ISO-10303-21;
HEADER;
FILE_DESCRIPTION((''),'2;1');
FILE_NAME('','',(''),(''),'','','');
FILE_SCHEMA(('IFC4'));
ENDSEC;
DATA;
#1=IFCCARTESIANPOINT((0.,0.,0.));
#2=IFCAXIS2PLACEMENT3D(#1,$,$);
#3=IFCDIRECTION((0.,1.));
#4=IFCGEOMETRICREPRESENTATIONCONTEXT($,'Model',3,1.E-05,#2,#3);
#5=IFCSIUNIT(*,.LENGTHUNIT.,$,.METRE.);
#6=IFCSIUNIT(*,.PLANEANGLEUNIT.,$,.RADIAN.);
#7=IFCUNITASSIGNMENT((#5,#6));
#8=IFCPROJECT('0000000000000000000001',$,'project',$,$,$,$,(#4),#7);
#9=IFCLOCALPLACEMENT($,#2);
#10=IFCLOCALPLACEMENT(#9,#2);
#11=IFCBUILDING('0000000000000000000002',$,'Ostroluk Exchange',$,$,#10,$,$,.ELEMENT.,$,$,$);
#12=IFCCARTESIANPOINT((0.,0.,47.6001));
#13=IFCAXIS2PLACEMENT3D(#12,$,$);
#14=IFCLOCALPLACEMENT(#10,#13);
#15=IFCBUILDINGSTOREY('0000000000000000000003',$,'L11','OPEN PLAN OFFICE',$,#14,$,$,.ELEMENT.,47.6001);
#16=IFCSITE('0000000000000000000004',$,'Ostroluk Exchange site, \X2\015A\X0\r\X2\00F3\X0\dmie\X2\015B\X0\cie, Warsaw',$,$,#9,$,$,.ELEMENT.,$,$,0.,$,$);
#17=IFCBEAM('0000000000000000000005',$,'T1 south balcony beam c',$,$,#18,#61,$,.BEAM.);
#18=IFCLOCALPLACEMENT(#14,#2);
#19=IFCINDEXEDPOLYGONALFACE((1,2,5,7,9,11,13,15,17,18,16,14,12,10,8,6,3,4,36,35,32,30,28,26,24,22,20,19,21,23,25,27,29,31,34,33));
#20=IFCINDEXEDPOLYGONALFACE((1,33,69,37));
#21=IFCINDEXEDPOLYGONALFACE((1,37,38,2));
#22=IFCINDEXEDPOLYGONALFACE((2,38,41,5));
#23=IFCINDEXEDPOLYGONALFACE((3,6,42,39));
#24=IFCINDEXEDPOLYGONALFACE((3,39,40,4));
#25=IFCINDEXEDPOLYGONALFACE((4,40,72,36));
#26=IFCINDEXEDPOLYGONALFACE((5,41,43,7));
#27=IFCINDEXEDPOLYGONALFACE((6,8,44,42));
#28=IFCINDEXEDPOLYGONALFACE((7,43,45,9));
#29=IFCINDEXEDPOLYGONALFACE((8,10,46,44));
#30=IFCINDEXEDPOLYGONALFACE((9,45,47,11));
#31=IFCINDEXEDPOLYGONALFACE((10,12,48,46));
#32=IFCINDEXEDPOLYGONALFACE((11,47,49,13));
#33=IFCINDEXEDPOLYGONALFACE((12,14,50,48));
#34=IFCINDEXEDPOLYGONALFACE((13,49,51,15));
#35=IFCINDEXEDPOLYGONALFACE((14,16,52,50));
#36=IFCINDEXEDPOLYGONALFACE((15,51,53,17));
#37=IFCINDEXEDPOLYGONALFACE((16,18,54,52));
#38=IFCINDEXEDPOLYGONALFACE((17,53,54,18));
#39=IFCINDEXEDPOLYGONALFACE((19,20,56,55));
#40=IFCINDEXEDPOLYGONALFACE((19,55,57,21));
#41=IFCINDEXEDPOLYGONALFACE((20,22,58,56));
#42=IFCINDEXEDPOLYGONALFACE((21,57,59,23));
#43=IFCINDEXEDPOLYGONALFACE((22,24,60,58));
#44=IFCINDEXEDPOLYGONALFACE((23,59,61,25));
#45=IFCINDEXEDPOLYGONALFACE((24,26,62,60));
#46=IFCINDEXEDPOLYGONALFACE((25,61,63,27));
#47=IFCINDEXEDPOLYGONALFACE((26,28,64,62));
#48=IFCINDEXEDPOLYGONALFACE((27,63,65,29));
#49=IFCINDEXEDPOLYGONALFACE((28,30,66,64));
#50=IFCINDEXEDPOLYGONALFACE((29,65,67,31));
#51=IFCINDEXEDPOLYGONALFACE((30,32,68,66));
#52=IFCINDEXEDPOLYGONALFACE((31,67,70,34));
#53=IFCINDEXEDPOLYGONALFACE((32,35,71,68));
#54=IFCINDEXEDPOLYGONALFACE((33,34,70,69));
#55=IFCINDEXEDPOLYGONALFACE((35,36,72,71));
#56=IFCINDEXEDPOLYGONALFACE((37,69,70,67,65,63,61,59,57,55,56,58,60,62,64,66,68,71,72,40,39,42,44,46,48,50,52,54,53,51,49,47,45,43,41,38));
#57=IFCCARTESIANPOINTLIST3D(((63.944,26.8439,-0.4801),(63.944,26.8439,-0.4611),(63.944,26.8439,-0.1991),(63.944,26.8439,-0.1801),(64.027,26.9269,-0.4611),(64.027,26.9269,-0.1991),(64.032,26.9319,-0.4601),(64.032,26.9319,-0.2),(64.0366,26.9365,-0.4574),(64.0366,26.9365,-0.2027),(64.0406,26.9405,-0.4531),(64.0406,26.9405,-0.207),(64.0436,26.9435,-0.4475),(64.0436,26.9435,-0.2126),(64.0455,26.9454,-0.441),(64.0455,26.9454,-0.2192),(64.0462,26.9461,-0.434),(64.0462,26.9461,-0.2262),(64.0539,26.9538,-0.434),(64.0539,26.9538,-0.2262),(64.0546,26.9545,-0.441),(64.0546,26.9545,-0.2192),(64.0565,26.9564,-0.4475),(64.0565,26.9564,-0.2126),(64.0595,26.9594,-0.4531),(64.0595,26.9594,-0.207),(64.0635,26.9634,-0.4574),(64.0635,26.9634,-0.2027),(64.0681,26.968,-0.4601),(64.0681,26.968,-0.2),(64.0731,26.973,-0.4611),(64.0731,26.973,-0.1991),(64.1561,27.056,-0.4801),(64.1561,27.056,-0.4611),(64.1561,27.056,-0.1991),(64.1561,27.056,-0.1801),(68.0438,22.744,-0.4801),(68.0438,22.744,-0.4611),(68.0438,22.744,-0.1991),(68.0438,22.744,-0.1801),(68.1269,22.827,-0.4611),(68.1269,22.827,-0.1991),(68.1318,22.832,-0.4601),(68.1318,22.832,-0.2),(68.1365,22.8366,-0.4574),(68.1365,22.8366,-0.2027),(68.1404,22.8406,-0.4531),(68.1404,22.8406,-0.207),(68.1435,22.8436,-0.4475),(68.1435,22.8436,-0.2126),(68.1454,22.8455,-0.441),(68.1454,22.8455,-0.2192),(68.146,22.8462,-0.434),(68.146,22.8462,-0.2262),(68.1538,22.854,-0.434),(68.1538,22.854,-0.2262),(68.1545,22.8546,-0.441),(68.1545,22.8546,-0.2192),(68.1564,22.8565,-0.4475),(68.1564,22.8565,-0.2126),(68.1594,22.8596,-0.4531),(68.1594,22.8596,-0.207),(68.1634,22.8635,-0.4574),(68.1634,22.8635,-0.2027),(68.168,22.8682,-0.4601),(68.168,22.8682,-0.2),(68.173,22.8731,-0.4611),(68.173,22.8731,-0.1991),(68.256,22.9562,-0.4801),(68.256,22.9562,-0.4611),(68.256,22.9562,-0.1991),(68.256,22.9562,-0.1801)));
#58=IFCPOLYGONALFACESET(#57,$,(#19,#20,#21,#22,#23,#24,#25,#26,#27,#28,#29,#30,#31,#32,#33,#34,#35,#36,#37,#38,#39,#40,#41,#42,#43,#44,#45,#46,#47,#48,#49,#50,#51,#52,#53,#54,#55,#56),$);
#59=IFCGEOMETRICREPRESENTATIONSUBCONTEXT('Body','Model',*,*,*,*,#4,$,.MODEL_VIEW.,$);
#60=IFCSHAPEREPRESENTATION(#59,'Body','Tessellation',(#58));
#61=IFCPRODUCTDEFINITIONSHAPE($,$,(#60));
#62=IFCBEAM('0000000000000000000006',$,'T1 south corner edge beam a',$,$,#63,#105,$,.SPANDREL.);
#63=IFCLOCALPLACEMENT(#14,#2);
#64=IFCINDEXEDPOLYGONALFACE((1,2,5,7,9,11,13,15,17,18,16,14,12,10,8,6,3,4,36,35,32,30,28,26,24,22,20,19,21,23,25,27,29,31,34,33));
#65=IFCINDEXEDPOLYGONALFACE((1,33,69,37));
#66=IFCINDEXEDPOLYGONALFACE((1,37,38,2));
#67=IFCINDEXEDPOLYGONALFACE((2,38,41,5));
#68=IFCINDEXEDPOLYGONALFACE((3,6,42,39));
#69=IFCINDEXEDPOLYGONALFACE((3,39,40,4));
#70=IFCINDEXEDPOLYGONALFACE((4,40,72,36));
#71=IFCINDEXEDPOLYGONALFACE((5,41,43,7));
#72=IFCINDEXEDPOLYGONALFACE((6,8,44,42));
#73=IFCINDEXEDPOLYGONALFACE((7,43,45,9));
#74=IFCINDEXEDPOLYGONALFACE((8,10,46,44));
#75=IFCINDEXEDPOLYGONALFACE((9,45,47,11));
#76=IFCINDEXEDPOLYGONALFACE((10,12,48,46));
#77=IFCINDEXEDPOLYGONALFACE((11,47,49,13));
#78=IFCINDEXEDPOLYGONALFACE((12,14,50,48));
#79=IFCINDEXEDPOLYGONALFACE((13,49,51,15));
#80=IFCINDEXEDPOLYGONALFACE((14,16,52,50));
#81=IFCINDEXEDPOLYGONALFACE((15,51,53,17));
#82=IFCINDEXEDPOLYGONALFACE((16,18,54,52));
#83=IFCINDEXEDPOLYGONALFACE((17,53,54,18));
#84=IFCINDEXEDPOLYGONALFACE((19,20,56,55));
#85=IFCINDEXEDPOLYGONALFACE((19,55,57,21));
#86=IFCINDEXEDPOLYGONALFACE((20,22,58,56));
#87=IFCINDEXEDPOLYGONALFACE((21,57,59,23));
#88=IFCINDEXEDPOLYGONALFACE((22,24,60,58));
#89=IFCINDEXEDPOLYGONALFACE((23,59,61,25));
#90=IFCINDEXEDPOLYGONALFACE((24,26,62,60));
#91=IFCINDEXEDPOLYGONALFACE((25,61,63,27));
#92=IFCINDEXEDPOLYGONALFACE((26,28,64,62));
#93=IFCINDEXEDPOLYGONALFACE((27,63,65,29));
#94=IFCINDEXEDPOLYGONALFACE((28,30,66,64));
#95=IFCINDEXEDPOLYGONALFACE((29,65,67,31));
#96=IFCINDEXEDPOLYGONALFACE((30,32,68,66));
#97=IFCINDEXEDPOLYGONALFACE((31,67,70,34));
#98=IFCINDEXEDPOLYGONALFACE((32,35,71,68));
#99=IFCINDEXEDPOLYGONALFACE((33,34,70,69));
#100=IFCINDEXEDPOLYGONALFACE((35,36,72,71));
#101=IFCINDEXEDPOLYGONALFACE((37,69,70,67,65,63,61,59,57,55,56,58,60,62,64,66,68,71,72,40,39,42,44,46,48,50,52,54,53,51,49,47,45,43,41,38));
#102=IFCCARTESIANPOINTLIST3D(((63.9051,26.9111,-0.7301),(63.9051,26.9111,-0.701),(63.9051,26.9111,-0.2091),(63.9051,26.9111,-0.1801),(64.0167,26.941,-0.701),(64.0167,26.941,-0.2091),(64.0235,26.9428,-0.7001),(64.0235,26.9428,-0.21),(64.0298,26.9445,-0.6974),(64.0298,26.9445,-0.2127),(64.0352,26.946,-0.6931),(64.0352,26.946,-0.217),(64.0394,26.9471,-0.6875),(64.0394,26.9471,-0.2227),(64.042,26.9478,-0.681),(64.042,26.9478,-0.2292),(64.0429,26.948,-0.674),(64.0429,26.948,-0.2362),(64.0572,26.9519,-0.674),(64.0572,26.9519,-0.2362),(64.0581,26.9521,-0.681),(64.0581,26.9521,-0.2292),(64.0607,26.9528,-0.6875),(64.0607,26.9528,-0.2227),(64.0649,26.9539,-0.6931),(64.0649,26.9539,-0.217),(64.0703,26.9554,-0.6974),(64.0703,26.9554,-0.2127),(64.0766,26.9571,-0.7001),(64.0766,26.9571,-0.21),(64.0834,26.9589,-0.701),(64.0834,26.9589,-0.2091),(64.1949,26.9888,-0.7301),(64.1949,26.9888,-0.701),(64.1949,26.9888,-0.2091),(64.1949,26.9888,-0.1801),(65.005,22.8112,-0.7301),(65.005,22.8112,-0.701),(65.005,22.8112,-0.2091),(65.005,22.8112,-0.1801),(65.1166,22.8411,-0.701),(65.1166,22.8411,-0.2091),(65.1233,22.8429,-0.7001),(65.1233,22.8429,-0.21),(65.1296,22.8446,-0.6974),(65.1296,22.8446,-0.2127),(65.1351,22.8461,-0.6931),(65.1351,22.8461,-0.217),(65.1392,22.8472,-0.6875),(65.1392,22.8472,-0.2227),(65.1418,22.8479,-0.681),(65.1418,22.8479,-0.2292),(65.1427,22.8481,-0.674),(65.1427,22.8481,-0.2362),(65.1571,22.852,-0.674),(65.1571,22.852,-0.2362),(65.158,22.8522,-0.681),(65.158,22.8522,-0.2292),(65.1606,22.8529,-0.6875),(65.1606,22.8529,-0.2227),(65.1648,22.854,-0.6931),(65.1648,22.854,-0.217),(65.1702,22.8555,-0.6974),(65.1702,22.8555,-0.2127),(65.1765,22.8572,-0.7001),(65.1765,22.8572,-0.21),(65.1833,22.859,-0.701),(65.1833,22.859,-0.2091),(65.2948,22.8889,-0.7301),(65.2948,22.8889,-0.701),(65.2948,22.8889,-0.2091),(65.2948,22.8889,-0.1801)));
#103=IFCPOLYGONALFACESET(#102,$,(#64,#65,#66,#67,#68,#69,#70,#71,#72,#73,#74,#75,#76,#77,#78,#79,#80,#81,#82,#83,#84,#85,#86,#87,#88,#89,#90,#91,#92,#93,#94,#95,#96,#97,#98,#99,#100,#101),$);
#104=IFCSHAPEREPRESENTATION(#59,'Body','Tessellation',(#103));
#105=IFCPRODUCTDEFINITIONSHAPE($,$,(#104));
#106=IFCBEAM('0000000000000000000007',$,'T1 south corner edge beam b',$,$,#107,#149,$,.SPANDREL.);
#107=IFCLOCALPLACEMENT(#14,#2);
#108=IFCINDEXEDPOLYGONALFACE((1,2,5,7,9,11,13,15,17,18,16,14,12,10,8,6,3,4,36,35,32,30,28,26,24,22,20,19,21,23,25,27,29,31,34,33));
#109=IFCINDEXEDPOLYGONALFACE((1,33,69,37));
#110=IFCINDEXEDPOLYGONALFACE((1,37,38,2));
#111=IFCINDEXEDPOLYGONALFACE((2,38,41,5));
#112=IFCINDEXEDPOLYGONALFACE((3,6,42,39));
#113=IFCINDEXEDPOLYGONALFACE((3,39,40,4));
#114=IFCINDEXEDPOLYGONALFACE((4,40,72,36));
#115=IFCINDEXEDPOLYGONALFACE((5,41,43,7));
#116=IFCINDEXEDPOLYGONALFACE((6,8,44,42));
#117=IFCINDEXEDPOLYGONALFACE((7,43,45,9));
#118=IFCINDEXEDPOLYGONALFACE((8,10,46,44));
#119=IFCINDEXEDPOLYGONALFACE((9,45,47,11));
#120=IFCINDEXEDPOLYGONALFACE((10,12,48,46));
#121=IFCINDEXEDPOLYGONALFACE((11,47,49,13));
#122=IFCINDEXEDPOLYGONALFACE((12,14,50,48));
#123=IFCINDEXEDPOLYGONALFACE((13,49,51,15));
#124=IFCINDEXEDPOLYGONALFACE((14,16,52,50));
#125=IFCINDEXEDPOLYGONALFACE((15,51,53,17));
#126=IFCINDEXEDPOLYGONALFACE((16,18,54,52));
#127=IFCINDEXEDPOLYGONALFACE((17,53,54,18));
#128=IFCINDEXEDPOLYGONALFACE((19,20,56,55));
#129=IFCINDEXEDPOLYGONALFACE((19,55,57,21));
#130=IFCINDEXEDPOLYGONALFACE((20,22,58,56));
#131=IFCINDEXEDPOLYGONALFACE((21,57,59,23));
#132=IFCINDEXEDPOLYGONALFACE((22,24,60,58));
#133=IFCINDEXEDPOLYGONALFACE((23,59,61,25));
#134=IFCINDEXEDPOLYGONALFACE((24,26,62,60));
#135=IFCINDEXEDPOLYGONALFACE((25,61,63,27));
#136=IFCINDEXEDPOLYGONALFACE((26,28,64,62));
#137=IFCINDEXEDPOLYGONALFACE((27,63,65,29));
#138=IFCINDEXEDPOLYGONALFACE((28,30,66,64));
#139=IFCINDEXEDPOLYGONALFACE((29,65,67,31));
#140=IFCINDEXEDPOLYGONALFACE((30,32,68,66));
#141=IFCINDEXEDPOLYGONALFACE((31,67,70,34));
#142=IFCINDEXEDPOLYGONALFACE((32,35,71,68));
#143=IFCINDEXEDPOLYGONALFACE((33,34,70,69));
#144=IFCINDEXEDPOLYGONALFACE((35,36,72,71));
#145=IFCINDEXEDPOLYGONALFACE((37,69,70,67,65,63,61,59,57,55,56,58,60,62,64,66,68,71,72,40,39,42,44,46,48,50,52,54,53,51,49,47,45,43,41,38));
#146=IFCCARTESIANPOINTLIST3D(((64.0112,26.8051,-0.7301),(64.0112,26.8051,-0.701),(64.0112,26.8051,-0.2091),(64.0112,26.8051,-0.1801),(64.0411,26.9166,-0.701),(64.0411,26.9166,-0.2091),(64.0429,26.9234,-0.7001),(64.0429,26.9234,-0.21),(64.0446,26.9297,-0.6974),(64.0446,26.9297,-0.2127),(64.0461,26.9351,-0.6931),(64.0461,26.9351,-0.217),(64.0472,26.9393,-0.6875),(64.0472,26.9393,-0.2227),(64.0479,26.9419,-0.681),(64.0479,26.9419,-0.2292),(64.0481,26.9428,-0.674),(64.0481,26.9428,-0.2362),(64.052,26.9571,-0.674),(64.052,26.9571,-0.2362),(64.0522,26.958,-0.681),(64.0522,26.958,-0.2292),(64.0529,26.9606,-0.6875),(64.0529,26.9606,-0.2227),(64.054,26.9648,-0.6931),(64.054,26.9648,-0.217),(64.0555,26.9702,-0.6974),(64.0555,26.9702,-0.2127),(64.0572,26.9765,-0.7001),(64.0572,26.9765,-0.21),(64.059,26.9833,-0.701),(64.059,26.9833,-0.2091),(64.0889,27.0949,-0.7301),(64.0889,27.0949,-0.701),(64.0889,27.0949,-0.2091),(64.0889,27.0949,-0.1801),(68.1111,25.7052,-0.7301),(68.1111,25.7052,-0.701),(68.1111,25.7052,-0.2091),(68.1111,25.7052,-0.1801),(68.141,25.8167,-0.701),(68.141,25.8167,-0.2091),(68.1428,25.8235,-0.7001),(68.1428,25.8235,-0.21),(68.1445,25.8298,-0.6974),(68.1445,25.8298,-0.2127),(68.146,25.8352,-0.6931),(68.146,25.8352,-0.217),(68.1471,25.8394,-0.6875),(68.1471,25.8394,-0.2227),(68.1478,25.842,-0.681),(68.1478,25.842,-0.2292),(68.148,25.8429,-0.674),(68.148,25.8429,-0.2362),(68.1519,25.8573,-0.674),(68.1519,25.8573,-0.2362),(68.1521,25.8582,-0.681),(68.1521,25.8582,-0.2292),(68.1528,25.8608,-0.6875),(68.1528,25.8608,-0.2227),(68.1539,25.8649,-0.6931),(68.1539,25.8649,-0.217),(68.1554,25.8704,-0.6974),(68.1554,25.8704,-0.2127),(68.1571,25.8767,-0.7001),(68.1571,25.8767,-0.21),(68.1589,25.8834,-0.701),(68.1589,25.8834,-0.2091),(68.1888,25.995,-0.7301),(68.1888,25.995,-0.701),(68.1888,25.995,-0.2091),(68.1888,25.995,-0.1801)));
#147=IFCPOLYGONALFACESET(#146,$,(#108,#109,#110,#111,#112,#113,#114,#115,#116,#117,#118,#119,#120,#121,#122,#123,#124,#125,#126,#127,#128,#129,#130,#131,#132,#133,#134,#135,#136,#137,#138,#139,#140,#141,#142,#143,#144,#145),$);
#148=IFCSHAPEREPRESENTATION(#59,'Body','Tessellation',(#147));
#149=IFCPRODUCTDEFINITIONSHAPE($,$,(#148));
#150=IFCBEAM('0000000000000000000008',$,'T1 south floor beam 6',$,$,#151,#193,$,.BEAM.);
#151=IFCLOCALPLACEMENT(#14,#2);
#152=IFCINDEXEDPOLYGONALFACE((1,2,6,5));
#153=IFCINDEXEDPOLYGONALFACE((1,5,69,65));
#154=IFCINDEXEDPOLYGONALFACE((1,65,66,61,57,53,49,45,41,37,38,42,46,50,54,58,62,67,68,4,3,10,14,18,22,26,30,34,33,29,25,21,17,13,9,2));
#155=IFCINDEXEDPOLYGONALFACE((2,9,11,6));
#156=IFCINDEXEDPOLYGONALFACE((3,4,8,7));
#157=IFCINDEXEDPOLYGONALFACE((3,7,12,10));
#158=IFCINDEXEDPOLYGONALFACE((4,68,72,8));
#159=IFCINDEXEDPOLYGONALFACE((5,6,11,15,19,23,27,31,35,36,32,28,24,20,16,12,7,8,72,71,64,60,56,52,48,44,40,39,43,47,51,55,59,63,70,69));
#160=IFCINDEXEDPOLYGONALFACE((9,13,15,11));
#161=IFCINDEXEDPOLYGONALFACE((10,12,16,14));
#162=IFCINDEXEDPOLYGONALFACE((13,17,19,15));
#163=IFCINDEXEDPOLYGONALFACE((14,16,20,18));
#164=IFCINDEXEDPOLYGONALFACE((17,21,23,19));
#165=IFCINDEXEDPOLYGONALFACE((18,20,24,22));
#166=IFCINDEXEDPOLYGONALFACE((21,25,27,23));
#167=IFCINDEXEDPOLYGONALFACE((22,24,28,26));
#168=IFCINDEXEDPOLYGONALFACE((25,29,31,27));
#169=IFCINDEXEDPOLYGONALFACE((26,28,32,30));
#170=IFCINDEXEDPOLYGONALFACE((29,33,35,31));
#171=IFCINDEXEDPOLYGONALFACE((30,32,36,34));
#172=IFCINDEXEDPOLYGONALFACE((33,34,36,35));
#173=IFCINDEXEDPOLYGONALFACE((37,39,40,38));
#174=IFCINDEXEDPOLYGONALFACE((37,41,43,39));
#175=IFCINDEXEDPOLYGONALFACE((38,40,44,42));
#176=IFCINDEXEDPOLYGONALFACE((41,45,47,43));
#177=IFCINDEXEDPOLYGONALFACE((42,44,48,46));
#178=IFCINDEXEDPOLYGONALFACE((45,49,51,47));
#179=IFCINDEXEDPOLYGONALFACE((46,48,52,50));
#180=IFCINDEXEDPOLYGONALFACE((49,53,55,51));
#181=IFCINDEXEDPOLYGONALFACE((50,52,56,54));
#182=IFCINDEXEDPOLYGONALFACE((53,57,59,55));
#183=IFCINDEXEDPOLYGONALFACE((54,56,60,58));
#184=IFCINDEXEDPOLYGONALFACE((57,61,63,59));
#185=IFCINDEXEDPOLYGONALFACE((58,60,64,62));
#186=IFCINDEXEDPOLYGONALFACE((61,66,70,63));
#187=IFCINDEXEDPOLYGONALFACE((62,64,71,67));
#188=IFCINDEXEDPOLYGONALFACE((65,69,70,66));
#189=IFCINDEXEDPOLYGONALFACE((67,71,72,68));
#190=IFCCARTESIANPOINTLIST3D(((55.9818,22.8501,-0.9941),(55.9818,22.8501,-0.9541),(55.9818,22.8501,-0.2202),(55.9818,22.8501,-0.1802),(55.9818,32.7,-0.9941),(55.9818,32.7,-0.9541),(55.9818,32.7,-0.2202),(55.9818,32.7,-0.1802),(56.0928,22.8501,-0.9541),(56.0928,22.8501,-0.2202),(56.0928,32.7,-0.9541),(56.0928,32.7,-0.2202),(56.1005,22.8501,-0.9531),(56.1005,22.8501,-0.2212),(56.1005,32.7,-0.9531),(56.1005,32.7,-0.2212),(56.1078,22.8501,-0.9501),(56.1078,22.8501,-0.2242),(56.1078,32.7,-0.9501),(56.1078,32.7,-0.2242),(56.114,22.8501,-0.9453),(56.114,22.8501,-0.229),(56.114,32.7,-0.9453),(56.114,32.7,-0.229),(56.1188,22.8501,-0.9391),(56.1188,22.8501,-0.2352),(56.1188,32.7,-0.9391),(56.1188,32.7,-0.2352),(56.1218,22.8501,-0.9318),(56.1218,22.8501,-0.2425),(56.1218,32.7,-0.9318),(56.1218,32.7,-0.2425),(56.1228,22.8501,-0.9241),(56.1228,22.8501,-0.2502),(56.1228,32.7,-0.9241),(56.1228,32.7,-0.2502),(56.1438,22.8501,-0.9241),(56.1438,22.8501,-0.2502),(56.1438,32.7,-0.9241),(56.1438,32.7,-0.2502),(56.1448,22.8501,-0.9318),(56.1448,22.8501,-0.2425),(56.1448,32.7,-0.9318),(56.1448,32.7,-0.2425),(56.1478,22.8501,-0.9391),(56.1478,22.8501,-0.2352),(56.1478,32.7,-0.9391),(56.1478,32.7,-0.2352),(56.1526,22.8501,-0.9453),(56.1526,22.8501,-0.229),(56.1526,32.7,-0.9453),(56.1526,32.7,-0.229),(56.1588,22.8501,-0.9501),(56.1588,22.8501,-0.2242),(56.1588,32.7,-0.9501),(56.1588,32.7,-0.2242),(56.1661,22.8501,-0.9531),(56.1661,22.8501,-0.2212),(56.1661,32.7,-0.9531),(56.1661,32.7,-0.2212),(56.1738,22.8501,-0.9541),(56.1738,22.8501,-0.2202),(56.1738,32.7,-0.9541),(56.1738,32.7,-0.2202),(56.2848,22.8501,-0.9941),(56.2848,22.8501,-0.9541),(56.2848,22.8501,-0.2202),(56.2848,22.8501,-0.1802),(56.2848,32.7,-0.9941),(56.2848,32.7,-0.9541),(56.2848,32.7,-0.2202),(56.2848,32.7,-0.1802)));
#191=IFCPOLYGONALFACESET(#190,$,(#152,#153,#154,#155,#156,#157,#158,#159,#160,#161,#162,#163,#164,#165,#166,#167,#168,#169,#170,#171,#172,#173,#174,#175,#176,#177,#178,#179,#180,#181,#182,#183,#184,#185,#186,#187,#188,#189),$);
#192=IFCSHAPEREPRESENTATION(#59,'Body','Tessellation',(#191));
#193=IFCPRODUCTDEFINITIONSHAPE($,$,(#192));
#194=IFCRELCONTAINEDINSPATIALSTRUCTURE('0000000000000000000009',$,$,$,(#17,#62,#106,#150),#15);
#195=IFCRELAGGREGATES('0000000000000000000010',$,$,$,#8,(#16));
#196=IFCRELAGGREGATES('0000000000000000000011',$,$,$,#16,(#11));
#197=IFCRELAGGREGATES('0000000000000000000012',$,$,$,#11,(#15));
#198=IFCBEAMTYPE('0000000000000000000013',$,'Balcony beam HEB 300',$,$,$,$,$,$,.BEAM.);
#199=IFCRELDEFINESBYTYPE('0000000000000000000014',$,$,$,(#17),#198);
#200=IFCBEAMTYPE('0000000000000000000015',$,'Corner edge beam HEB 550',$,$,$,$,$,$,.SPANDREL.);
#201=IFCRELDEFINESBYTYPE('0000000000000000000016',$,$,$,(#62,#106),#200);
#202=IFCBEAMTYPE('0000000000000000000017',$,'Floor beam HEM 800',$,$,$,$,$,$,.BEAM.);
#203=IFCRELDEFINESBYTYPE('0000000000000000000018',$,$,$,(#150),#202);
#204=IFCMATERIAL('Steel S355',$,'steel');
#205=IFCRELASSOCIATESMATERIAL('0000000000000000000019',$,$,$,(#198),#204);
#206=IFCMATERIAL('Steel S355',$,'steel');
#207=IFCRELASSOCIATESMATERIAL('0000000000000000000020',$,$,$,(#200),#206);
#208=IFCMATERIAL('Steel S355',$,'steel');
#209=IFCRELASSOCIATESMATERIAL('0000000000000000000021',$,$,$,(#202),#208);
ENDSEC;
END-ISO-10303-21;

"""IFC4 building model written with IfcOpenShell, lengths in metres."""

from ifc_helpers import new_model, si_unit, direction, frame, origin, origin_2d, place, context, subcontext, project, spatial, i_section, extrude, material, material_profile, profile_set, type_object, element, save


model = new_model("IFC4")

# Units and contexts
model_context = context("Model", 3, precision=1e-05, world=origin(), true_north=direction((0.0, 1.0)))
body_context = subcontext(model_context, "Body", "Model", "MODEL_VIEW")
ifc_project = project(units=[si_unit("LENGTHUNIT", "METRE"), si_unit("PLANEANGLEUNIT", "RADIAN")], contexts=[model_context])

# Site, building, storey
site_placement = place(None, origin())
site = spatial("IfcSite", under=ifc_project, at=site_placement, Name="Ostroluk Exchange site, Śródmieście, Warsaw", CompositionType="ELEMENT", RefElevation=0.0)
building_placement = place(site_placement, origin())
building = spatial("IfcBuilding", under=site, at=building_placement, Name="Ostroluk Exchange", CompositionType="ELEMENT")
storey_placement = place(building_placement, frame((0.0, 0.0, 47.6001)))
storey = spatial("IfcBuildingStorey", under=building, at=storey_placement, Name="L11", Description="OPEN PLAN OFFICE", CompositionType="ELEMENT", Elevation=47.6001)

# Beams
ifc_material_1 = material(Name="Steel S355", Category="steel")
ifc_material_profile_1 = material_profile(ifc_material_1, i_section(OverallWidth=0.3, OverallDepth=0.3, WebThickness=0.011, FlangeThickness=0.019, FilletRadius=0.0271, at=origin_2d()), Name="HEB 300")
ifc_profile_set_1 = profile_set([ifc_material_profile_1], Name="Steel S355")
beam_type_1 = type_object("IfcBeamType", Name="Balcony beam HEB 300", PredefinedType="BEAM", material=ifc_profile_set_1)
beam_1_placement = place(storey_placement, frame((64.05, 26.95, -0.3301), z_axis=(0.707107, -0.707107, 0.0), x_axis=(0.707107, 0.707107, 0.0)))
element("IfcBeam", 1, at=beam_1_placement, inside=storey, type_object=beam_type_1, Name="T1 south balcony beam c", PredefinedType="BEAM", context=body_context, shape_type="SweptSolid", body=[
    extrude(i_section(OverallWidth=0.3, OverallDepth=0.3, WebThickness=0.011, FlangeThickness=0.019, FilletRadius=0.0271, at=origin_2d()), origin(), (0.0, 0.0, 1.0), 5.7981),
])
ifc_material_2 = material(Name="Steel S355", Category="steel")
ifc_material_profile_2 = material_profile(ifc_material_2, i_section(OverallWidth=0.3, OverallDepth=0.55, WebThickness=0.0149, FlangeThickness=0.0291, FilletRadius=0.0271, at=origin_2d()), Name="HEB 550")
ifc_profile_set_2 = profile_set([ifc_material_profile_2], Name="Steel S355")
beam_type_2 = type_object("IfcBeamType", Name="Corner edge beam HEB 550", PredefinedType="SPANDREL", material=ifc_profile_set_2)
for number, where, z_axis, x_axis, name in (
    (2, (64.05, 26.95, -0.4551), (0.259105, -0.965849, 0.0), (0.965849, 0.259105, 0.0), "T1 south corner edge beam a"),
    (3, (64.05, 26.95, -0.4551), (0.965849, -0.259105, 0.0), (0.259105, 0.965849, 0.0), "T1 south corner edge beam b"),
):
    element("IfcBeam", number, at=place(storey_placement, frame(where, z_axis=z_axis, x_axis=x_axis)), inside=storey, type_object=beam_type_2, Name=name, PredefinedType="SPANDREL", context=body_context, shape_type="SweptSolid", body=[
        extrude(i_section(OverallWidth=0.3, OverallDepth=0.55, WebThickness=0.0149, FlangeThickness=0.0291, FilletRadius=0.0271, at=origin_2d()), origin(), (0.0, 0.0, 1.0), 4.2449),
    ])
ifc_material_3 = material(Name="Steel S355", Category="steel")
ifc_material_profile_3 = material_profile(ifc_material_3, i_section(OverallWidth=0.303, OverallDepth=0.814, WebThickness=0.021, FlangeThickness=0.04, FilletRadius=0.03, at=origin_2d()), Name="HEM 800")
ifc_profile_set_3 = profile_set([ifc_material_profile_3], Name="Steel S355")
beam_type_3 = type_object("IfcBeamType", Name="Floor beam HEM 800", PredefinedType="BEAM", material=ifc_profile_set_3)
beam_2_placement = place(storey_placement, frame((56.1333, 32.7, -0.5872), z_axis=(0.0, -1.0, 0.0), x_axis=(1.0, 0.0, 0.0)))
element("IfcBeam", 4, at=beam_2_placement, inside=storey, type_object=beam_type_3, Name="T1 south floor beam 6", PredefinedType="BEAM", context=body_context, shape_type="SweptSolid", body=[
    extrude(i_section(OverallWidth=0.303, OverallDepth=0.814, WebThickness=0.021, FlangeThickness=0.04, FilletRadius=0.03, at=origin_2d()), origin(), (0.0, 0.0, 1.0), 9.8499),
])

save(model, "model.ifc")
